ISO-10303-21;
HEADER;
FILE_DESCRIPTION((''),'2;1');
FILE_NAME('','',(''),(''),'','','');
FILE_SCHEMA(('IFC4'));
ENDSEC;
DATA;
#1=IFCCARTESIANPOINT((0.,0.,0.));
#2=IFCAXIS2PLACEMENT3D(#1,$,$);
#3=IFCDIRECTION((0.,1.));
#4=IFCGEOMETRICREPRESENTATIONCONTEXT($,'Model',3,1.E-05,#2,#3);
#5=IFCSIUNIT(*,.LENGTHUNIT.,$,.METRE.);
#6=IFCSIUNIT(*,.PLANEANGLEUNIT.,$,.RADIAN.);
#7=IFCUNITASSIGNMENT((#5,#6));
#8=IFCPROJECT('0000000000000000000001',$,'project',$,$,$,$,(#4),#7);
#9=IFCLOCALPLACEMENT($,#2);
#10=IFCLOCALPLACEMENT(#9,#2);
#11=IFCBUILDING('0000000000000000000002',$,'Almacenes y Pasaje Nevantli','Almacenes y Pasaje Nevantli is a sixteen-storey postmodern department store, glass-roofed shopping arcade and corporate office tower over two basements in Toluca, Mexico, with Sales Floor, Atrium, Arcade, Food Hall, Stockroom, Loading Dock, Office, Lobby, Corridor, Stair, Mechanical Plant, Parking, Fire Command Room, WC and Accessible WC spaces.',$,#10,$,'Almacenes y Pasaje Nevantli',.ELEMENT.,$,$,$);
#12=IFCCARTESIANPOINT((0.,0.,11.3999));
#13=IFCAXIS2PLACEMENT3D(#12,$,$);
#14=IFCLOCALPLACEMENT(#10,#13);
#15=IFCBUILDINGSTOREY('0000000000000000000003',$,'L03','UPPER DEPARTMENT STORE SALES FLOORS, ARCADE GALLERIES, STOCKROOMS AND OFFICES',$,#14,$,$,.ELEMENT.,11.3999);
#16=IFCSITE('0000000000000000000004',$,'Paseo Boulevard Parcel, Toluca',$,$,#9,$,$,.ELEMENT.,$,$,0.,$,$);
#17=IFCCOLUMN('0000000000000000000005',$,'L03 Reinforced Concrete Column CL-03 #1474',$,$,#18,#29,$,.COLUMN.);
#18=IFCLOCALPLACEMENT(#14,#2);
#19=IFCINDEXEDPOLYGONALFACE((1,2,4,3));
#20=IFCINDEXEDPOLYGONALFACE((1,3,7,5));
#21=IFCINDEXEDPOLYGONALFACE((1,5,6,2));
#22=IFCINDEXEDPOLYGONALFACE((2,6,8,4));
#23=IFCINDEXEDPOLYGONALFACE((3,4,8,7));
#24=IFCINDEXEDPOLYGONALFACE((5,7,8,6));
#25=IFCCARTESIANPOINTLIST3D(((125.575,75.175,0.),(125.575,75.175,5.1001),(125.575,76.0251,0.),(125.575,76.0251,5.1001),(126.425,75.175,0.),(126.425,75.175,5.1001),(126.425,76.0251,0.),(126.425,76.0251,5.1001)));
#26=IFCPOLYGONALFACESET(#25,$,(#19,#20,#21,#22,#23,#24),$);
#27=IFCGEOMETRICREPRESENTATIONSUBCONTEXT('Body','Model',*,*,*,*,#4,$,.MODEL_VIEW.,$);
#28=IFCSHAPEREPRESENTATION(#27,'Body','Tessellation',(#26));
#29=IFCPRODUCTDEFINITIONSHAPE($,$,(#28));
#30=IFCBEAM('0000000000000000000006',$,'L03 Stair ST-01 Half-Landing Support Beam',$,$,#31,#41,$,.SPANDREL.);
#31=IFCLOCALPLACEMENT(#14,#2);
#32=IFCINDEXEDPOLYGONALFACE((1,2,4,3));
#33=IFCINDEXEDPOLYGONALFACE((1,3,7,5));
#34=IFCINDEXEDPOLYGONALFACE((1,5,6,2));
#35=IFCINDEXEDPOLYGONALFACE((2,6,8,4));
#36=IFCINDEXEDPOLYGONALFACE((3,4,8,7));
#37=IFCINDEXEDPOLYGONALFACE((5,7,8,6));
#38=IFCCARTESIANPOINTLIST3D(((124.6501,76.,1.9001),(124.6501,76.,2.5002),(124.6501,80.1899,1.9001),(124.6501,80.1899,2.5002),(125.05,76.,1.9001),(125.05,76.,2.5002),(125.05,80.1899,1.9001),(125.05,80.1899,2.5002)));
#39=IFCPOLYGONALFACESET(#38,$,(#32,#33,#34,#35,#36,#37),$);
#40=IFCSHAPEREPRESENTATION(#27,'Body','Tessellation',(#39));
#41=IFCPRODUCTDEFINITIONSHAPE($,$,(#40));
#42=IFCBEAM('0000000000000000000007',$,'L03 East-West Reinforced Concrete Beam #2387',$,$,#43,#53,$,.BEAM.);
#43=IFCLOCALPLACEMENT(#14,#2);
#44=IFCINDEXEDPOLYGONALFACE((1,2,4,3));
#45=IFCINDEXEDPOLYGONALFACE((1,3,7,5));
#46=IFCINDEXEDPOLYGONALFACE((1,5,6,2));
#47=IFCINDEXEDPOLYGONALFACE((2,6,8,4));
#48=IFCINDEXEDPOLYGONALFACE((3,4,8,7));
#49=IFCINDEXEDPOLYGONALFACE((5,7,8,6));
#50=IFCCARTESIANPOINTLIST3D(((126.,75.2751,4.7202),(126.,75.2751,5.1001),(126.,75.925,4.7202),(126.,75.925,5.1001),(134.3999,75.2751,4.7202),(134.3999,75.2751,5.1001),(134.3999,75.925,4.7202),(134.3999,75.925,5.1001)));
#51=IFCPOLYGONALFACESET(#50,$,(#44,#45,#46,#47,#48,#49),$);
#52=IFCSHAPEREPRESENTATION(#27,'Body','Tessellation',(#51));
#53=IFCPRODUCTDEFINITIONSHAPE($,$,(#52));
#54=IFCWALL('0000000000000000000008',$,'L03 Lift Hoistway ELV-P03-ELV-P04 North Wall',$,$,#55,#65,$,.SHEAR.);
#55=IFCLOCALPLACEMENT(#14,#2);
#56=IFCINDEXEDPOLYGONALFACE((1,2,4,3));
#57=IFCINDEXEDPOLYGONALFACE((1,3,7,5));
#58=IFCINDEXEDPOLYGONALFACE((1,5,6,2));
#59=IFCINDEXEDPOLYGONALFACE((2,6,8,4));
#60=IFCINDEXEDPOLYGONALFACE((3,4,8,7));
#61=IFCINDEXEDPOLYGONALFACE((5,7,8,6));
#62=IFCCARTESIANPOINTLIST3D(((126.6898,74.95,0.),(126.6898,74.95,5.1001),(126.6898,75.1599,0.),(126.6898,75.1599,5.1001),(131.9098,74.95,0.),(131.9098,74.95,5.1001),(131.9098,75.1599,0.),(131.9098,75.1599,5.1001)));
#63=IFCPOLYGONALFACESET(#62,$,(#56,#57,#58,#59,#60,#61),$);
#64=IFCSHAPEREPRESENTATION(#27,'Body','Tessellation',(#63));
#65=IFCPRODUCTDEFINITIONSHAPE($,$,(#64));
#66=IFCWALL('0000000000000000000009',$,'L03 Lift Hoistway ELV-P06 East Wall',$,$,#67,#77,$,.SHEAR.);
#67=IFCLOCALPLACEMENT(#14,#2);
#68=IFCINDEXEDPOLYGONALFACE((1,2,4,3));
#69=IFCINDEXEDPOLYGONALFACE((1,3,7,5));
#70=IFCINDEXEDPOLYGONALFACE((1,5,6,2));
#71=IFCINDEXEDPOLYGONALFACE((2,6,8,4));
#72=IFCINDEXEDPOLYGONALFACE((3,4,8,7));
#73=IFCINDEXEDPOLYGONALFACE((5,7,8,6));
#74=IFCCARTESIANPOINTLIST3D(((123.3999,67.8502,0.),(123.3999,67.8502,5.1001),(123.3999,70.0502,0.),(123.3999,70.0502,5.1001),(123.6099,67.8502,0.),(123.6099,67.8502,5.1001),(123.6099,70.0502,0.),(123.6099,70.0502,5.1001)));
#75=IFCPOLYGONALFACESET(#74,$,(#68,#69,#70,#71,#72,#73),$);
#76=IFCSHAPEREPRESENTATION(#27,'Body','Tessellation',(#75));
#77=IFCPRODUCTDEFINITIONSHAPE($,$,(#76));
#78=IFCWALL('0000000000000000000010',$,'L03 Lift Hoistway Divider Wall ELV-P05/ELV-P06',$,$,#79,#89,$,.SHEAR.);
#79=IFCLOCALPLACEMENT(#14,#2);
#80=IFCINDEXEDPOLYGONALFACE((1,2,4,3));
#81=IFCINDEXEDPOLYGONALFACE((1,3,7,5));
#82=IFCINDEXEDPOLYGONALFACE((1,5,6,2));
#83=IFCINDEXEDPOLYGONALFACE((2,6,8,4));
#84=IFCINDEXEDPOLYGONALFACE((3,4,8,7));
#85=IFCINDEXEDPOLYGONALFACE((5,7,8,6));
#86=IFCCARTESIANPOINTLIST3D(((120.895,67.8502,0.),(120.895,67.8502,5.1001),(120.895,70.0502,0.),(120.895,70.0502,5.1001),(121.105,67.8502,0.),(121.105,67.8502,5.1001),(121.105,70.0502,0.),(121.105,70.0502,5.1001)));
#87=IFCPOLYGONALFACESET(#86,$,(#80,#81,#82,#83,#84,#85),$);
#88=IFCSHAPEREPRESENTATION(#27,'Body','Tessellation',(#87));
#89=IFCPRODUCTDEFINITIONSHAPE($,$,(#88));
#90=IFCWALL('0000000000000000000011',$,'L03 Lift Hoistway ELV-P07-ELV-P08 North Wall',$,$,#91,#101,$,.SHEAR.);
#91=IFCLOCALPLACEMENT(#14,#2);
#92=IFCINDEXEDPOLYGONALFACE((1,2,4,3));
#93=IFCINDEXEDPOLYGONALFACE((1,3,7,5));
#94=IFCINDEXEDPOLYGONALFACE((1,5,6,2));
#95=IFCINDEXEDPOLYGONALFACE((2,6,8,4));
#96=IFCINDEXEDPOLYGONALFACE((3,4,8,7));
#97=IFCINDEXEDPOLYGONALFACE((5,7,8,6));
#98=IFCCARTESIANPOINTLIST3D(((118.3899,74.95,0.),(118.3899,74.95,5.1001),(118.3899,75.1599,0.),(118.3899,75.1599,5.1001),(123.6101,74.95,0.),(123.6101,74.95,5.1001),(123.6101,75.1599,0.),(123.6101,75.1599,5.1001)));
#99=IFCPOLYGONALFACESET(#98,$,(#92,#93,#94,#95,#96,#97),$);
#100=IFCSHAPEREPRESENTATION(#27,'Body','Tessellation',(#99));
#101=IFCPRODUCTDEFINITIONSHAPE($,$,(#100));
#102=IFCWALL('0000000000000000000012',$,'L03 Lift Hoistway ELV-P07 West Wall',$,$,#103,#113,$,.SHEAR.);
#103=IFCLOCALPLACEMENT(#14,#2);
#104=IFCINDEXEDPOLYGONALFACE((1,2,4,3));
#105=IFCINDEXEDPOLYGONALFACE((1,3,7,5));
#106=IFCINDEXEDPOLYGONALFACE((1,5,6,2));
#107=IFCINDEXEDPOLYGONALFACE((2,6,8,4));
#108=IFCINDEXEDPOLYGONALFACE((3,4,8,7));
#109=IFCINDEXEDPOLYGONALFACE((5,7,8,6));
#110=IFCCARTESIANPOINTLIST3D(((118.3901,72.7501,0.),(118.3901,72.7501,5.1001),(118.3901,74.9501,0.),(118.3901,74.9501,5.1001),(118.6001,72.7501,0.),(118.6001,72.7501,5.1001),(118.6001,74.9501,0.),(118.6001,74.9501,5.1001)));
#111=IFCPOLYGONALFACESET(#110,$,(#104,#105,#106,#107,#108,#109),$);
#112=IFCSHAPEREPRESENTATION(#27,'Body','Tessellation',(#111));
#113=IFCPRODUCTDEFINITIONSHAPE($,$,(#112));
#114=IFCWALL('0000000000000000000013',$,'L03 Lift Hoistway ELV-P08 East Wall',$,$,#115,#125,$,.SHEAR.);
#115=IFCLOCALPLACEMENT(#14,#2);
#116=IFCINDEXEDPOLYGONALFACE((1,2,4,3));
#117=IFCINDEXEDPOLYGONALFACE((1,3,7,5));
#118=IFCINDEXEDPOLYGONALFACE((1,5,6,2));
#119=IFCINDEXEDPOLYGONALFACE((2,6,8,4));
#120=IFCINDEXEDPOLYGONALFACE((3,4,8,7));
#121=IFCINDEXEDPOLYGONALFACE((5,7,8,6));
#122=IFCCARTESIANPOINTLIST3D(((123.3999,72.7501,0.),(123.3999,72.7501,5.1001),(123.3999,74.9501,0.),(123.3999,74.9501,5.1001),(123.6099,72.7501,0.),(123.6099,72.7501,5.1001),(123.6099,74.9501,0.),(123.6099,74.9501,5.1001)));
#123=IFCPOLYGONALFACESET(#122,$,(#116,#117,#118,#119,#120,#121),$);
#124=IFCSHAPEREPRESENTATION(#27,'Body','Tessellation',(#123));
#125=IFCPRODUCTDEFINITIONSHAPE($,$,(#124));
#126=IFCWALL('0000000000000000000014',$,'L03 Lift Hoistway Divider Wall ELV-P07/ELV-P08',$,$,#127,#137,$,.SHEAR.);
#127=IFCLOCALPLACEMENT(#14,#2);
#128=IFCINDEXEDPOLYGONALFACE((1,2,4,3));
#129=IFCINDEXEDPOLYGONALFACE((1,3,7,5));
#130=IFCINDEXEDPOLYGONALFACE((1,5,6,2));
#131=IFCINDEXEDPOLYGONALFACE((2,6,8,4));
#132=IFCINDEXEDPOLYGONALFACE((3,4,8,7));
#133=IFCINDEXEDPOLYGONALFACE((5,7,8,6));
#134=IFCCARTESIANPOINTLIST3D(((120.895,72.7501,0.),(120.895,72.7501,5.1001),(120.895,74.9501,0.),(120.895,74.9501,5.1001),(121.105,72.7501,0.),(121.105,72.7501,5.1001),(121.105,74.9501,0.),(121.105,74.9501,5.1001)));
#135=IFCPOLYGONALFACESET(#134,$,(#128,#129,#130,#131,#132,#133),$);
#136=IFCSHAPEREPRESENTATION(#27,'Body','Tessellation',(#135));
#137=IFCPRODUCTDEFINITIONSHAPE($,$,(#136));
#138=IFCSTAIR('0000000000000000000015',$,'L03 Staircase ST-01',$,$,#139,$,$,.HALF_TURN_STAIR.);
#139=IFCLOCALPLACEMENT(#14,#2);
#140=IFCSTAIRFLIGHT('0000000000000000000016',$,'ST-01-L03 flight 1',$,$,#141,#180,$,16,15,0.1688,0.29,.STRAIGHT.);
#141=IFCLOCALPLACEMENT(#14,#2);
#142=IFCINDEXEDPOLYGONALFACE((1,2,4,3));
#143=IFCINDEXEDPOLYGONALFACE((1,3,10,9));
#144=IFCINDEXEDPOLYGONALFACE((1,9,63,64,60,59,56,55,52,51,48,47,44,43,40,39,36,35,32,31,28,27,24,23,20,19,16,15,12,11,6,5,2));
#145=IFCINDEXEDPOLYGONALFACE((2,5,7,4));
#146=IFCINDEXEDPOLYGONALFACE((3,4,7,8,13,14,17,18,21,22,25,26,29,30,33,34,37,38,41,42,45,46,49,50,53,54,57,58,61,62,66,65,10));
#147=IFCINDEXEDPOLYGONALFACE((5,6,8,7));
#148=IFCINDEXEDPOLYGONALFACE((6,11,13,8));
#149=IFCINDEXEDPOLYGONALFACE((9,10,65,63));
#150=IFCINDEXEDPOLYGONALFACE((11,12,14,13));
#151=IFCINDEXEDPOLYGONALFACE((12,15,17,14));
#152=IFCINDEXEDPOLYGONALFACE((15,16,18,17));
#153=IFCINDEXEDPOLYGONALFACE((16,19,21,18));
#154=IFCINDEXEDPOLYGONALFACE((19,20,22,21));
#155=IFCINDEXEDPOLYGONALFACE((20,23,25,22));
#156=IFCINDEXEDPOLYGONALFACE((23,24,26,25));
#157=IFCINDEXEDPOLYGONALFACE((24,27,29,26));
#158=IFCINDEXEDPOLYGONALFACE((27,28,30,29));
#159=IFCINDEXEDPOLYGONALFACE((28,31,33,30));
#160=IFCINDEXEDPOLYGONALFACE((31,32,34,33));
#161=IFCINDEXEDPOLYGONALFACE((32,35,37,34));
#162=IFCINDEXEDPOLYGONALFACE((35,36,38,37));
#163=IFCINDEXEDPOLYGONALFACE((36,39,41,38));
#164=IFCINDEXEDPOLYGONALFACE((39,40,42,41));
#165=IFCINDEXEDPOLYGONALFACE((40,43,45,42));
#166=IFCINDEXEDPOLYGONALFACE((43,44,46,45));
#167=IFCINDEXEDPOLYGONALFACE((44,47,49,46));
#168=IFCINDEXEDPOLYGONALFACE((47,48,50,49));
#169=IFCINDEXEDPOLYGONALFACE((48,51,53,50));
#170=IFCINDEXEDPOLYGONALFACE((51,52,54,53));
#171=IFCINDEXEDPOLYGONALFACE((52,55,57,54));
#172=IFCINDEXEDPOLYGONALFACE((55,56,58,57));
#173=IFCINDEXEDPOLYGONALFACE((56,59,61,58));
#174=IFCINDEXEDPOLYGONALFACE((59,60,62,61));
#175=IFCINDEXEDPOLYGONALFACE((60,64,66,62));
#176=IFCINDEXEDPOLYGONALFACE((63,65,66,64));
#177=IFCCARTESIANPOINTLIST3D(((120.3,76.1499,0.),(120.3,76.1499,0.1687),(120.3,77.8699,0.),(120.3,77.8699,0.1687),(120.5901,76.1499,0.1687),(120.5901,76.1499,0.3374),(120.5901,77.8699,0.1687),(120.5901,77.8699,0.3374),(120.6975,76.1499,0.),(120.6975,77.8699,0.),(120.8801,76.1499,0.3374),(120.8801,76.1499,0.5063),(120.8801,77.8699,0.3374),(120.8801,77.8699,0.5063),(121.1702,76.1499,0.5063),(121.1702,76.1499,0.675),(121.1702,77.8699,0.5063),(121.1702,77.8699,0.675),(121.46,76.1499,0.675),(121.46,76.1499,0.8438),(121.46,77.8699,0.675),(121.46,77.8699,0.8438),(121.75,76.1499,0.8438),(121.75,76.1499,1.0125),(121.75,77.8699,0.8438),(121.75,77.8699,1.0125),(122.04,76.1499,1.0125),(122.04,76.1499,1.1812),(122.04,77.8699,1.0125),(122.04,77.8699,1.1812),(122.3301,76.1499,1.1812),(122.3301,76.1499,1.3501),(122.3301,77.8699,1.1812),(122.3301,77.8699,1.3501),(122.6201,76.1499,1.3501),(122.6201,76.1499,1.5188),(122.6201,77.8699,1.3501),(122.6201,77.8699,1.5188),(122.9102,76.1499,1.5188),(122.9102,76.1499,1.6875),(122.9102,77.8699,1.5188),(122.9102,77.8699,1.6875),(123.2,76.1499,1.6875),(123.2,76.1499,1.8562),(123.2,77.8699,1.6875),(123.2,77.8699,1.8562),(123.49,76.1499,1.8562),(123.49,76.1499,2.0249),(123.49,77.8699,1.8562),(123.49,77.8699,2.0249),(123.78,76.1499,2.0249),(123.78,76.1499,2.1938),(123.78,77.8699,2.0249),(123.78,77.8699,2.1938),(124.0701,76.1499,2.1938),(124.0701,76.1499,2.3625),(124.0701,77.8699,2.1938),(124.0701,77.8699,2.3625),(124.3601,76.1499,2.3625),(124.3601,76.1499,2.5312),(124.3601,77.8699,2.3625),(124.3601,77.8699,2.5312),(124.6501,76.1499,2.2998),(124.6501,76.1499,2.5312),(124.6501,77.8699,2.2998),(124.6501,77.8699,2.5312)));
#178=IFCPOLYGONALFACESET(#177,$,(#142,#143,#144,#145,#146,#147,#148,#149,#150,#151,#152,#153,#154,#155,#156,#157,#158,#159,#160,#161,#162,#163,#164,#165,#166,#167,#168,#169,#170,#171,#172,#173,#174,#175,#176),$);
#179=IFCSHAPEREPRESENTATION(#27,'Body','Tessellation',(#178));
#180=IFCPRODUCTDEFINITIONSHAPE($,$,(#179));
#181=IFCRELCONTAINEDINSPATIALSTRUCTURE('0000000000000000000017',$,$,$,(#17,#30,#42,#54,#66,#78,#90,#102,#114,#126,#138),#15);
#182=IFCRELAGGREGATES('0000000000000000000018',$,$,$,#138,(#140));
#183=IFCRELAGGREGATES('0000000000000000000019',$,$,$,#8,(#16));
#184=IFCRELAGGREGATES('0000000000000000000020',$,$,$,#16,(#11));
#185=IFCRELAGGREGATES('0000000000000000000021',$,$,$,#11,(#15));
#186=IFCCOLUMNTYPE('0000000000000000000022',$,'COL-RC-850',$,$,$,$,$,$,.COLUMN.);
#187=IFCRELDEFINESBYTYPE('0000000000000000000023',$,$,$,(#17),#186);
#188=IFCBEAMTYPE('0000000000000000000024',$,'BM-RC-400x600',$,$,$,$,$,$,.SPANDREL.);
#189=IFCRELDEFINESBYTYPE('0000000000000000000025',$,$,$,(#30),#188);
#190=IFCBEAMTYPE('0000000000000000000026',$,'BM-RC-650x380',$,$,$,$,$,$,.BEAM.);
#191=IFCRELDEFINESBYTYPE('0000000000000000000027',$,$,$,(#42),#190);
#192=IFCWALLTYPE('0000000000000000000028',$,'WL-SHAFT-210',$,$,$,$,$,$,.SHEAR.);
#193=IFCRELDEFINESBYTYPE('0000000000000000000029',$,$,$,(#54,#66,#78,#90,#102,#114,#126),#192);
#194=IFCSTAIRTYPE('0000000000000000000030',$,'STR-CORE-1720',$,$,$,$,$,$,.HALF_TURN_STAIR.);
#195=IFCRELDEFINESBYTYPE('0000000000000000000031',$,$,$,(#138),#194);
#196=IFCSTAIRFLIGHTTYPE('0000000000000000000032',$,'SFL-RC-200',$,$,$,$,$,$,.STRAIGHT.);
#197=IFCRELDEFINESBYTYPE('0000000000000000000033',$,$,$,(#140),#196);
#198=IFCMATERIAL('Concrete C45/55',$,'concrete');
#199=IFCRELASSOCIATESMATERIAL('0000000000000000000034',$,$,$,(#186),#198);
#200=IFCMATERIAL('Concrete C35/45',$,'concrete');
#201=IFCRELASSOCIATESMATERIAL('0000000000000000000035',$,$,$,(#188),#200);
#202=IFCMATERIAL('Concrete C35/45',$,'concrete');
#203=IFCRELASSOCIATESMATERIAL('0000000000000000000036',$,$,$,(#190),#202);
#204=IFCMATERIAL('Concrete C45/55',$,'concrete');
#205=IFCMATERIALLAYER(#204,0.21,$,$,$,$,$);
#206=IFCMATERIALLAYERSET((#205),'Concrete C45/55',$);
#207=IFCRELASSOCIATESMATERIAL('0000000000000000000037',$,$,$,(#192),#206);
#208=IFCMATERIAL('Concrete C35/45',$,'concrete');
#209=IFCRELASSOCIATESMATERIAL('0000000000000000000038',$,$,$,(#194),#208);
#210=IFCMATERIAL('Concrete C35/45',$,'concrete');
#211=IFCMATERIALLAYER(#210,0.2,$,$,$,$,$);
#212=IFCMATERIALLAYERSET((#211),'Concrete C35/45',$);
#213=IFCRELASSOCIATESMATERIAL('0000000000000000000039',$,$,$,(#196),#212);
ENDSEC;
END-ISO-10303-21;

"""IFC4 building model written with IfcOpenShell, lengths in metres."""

from ifc_helpers import new_model, si_unit, direction, frame, frame_2d, origin, origin_2d, place, context, subcontext, project, spatial, polyline, rectangle, outline, extrude, material, layer, layer_set, material_profile, profile_set, type_object, element, aggregate, save


model = new_model("IFC4")

# Units and contexts
model_context = context("Model", 3, precision=1e-05, world=origin(), true_north=direction((0.0, 1.0)))
body_context = subcontext(model_context, "Body", "Model", "MODEL_VIEW")
ifc_project = project(units=[si_unit("LENGTHUNIT", "METRE"), si_unit("PLANEANGLEUNIT", "RADIAN")], contexts=[model_context])

# Site, building, storey
site_placement = place(None, origin())
site = spatial("IfcSite", under=ifc_project, at=site_placement, Name="Paseo Boulevard Parcel, Toluca", CompositionType="ELEMENT", RefElevation=0.0)
building_placement = place(site_placement, origin())
building = spatial("IfcBuilding", under=site, at=building_placement, Name="Almacenes y Pasaje Nevantli", Description="Almacenes y Pasaje Nevantli is a sixteen-storey postmodern department store, glass-roofed shopping arcade and corporate office tower over two basements in Toluca, Mexico, with Sales Floor, Atrium, Arcade, Food Hall, Stockroom, Loading Dock, Office, Lobby, Corridor, Stair, Mechanical Plant, Parking, Fire Command Room, WC and Accessible WC spaces.", LongName="Almacenes y Pasaje Nevantli", CompositionType="ELEMENT")
storey_placement = place(building_placement, frame((0.0, 0.0, 11.3999)))
storey = spatial("IfcBuildingStorey", under=building, at=storey_placement, Name="L03", Description="UPPER DEPARTMENT STORE SALES FLOORS, ARCADE GALLERIES, STOCKROOMS AND OFFICES", CompositionType="ELEMENT", Elevation=11.3999)

# Column
ifc_material_1 = material(Name="Concrete C45/55", Category="concrete")
ifc_material_profile_1 = material_profile(ifc_material_1, rectangle(XDim=0.8501, YDim=0.8501, at=origin_2d()), Name="RC-COL-850x850")
ifc_profile_set_1 = profile_set([ifc_material_profile_1], Name="Concrete C45/55")
column_type = type_object("IfcColumnType", Name="COL-RC-850", PredefinedType="COLUMN", material=ifc_profile_set_1)
column_placement = place(storey_placement, frame((126.0, 75.6001, 0.0), z_axis=(0.0, 0.0, 1.0), x_axis=(1.0, 0.0, 0.0)))
element("IfcColumn", 1, at=column_placement, inside=storey, type_object=column_type, Name="L03 Reinforced Concrete Column CL-03 #1474", PredefinedType="COLUMN", context=body_context, shape_type="SweptSolid", body=[
    extrude(rectangle(XDim=0.8501, YDim=0.8501, at=origin_2d()), origin(), (0.0, 0.0, 1.0), 5.1001),
])

# Beams
ifc_material_2 = material(Name="Concrete C35/45", Category="concrete")
ifc_material_profile_2 = material_profile(ifc_material_2, rectangle(XDim=0.3999, YDim=0.6001, at=origin_2d()), Name="RC-BM-400x600")
ifc_profile_set_2 = profile_set([ifc_material_profile_2], Name="Concrete C35/45")
beam_type_1 = type_object("IfcBeamType", Name="BM-RC-400x600", PredefinedType="SPANDREL", material=ifc_profile_set_2)
beam_1_placement = place(storey_placement, frame((124.8501, 76.0, 2.2002), z_axis=(0.0, 1.0, 0.0), x_axis=(-1.0, 0.0, 0.0)))
element("IfcBeam", 2, at=beam_1_placement, inside=storey, type_object=beam_type_1, Name="L03 Stair ST-01 Half-Landing Support Beam", PredefinedType="SPANDREL", context=body_context, shape_type="SweptSolid", body=[
    extrude(rectangle(XDim=0.3999, YDim=0.6001, at=origin_2d()), origin(), (0.0, 0.0, 1.0), 4.1899),
])
ifc_material_3 = material(Name="Concrete C35/45", Category="concrete")
ifc_material_profile_3 = material_profile(ifc_material_3, rectangle(XDim=0.6499, YDim=0.3799, at=origin_2d()), Name="RC-BM-650x380")
ifc_profile_set_3 = profile_set([ifc_material_profile_3], Name="Concrete C35/45")
beam_type_2 = type_object("IfcBeamType", Name="BM-RC-650x380", PredefinedType="BEAM", material=ifc_profile_set_3)
beam_2_placement = place(storey_placement, frame((126.0, 75.6001, 4.9102), z_axis=(1.0, 0.0, 0.0), x_axis=(0.0, 1.0, 0.0)))
element("IfcBeam", 3, at=beam_2_placement, inside=storey, type_object=beam_type_2, Name="L03 East-West Reinforced Concrete Beam #2387", PredefinedType="BEAM", context=body_context, shape_type="SweptSolid", body=[
    extrude(rectangle(XDim=0.6499, YDim=0.3799, at=origin_2d()), origin(), (0.0, 0.0, 1.0), 8.3999),
])

# Shared definitions
ifc_material_4 = material(Name="Concrete C45/55", Category="concrete")
ifc_layer_1 = layer(ifc_material_4, 0.21)
ifc_layer_set_1 = layer_set([ifc_layer_1], Name="Concrete C45/55")
wall_type = type_object("IfcWallType", Name="WL-SHAFT-210", PredefinedType="SHEAR", material=ifc_layer_set_1)

# Walls
wall_1_placement = place(storey_placement, frame((126.6899, 75.0549, 0.0), z_axis=(0.0, 0.0, 1.0), x_axis=(1.0, 0.0, 0.0)))
element("IfcWall", 4, at=wall_1_placement, inside=storey, type_object=wall_type, Name="L03 Lift Hoistway ELV-P03-ELV-P04 North Wall", PredefinedType="SHEAR", context=body_context, shape_type="SweptSolid", body=[
    extrude(rectangle(XDim=5.22, YDim=0.21, at=frame_2d((2.6099, 0.0))), origin(), (0.0, 0.0, 1.0), 5.1001),
])
for number, where, z_axis, x_axis, name in (
    (5, (123.5049, 67.8501, 0.0), (0.0, 0.0, 1.0), (0.0, 1.0, 0.0), "L03 Lift Hoistway ELV-P06 East Wall"),
    (6, (121.0, 67.8501, 0.0), (0.0, 0.0, 1.0), (0.0, 1.0, 0.0), "L03 Lift Hoistway Divider Wall ELV-P05/ELV-P06"),
):
    element("IfcWall", number, at=place(storey_placement, frame(where, z_axis=z_axis, x_axis=x_axis)), inside=storey, type_object=wall_type, Name=name, PredefinedType="SHEAR", context=body_context, shape_type="SweptSolid", body=[
        extrude(rectangle(XDim=2.2, YDim=0.21, at=frame_2d((1.1001, 0.0))), origin(), (0.0, 0.0, 1.0), 5.1001),
    ])
wall_2_placement = place(storey_placement, frame((118.3899, 75.0549, 0.0), z_axis=(0.0, 0.0, 1.0), x_axis=(1.0, 0.0, 0.0)))
element("IfcWall", 7, at=wall_2_placement, inside=storey, type_object=wall_type, Name="L03 Lift Hoistway ELV-P07-ELV-P08 North Wall", PredefinedType="SHEAR", context=body_context, shape_type="SweptSolid", body=[
    extrude(rectangle(XDim=5.2202, YDim=0.21, at=frame_2d((2.6101, 0.0))), origin(), (0.0, 0.0, 1.0), 5.1001),
])
for number, where, z_axis, x_axis, name in (
    (8, (118.4951, 72.75, 0.0), (0.0, 0.0, 1.0), (0.0, 1.0, 0.0), "L03 Lift Hoistway ELV-P07 West Wall"),
    (9, (123.5049, 72.75, 0.0), (0.0, 0.0, 1.0), (0.0, 1.0, 0.0), "L03 Lift Hoistway ELV-P08 East Wall"),
    (10, (121.0, 72.75, 0.0), (0.0, 0.0, 1.0), (0.0, 1.0, 0.0), "L03 Lift Hoistway Divider Wall ELV-P07/ELV-P08"),
):
    element("IfcWall", number, at=place(storey_placement, frame(where, z_axis=z_axis, x_axis=x_axis)), inside=storey, type_object=wall_type, Name=name, PredefinedType="SHEAR", context=body_context, shape_type="SweptSolid", body=[
        extrude(rectangle(XDim=2.2, YDim=0.21, at=frame_2d((1.1001, 0.0))), origin(), (0.0, 0.0, 1.0), 5.1001),
    ])

# Stair, stair flight
ifc_material_5 = material(Name="Concrete C35/45", Category="concrete")
stair_type = type_object("IfcStairType", Name="STR-CORE-1720", PredefinedType="HALF_TURN_STAIR", material=ifc_material_5)
stair_placement = place(storey_placement, origin())
stair = element("IfcStair", 11, at=stair_placement, inside=storey, type_object=stair_type, Name="L03 Staircase ST-01", PredefinedType="HALF_TURN_STAIR")
ifc_material_6 = material(Name="Concrete C35/45", Category="concrete")
ifc_layer_2 = layer(ifc_material_6, 0.2)
ifc_layer_set_2 = layer_set([ifc_layer_2], Name="Concrete C35/45")
stair_flight_type = type_object("IfcStairFlightType", Name="SFL-RC-200", PredefinedType="STRAIGHT", material=ifc_layer_set_2)
stair_flight_1_placement = place(storey_placement, frame((120.3, 77.01, 0.0), z_axis=(0.0, 0.0, 1.0), x_axis=(1.0, 0.0, 0.0)))
stair_flight_1 = element("IfcStairFlight", 12, at=stair_flight_1_placement, type_object=stair_flight_type, Name="ST-01-L03 flight 1", NumberOfRisers=16, NumberOfTreads=15, PredefinedType="STRAIGHT", RiserHeight=0.1688, TreadLength=0.29, context=body_context, shape_type="SweptSolid", body=[
    extrude(outline(polyline([(0.0, 0.0), (0.0, 0.1687), (0.29, 0.1687), (0.29, 0.3374), (0.5801, 0.3374), (0.5801, 0.5063), (0.8701, 0.5063), (0.8701, 0.675), (1.1599, 0.675), (1.1599, 0.8438), (1.45, 0.8438), (1.45, 1.0125), (1.74, 1.0125), (1.74, 1.1812), (2.03, 1.1812), (2.03, 1.3501), (2.3201, 1.3501), (2.3201, 1.5188), (2.6101, 1.5188), (2.6101, 1.6875), (2.8999, 1.6875), (2.8999, 1.8562), (3.1899, 1.8562), (3.1899, 2.0249), (3.48, 2.0249), (3.48, 2.1938), (3.77, 2.1938), (3.77, 2.3625), (4.0601, 2.3625), (4.0601, 2.5312), (4.3501, 2.5312), (4.3501, 2.7), (4.3501, 2.2998), (0.3975, 0.0), (0.0, 0.0)])), frame((0.0, 0.8599, 0.0), z_axis=(0.0, -1.0, 0.0), x_axis=(1.0, 0.0, 0.0)), (0.0, 0.0, 1.0), 1.72),
])
aggregate(stair, [stair_flight_1])

save(model, "model.ifc")
